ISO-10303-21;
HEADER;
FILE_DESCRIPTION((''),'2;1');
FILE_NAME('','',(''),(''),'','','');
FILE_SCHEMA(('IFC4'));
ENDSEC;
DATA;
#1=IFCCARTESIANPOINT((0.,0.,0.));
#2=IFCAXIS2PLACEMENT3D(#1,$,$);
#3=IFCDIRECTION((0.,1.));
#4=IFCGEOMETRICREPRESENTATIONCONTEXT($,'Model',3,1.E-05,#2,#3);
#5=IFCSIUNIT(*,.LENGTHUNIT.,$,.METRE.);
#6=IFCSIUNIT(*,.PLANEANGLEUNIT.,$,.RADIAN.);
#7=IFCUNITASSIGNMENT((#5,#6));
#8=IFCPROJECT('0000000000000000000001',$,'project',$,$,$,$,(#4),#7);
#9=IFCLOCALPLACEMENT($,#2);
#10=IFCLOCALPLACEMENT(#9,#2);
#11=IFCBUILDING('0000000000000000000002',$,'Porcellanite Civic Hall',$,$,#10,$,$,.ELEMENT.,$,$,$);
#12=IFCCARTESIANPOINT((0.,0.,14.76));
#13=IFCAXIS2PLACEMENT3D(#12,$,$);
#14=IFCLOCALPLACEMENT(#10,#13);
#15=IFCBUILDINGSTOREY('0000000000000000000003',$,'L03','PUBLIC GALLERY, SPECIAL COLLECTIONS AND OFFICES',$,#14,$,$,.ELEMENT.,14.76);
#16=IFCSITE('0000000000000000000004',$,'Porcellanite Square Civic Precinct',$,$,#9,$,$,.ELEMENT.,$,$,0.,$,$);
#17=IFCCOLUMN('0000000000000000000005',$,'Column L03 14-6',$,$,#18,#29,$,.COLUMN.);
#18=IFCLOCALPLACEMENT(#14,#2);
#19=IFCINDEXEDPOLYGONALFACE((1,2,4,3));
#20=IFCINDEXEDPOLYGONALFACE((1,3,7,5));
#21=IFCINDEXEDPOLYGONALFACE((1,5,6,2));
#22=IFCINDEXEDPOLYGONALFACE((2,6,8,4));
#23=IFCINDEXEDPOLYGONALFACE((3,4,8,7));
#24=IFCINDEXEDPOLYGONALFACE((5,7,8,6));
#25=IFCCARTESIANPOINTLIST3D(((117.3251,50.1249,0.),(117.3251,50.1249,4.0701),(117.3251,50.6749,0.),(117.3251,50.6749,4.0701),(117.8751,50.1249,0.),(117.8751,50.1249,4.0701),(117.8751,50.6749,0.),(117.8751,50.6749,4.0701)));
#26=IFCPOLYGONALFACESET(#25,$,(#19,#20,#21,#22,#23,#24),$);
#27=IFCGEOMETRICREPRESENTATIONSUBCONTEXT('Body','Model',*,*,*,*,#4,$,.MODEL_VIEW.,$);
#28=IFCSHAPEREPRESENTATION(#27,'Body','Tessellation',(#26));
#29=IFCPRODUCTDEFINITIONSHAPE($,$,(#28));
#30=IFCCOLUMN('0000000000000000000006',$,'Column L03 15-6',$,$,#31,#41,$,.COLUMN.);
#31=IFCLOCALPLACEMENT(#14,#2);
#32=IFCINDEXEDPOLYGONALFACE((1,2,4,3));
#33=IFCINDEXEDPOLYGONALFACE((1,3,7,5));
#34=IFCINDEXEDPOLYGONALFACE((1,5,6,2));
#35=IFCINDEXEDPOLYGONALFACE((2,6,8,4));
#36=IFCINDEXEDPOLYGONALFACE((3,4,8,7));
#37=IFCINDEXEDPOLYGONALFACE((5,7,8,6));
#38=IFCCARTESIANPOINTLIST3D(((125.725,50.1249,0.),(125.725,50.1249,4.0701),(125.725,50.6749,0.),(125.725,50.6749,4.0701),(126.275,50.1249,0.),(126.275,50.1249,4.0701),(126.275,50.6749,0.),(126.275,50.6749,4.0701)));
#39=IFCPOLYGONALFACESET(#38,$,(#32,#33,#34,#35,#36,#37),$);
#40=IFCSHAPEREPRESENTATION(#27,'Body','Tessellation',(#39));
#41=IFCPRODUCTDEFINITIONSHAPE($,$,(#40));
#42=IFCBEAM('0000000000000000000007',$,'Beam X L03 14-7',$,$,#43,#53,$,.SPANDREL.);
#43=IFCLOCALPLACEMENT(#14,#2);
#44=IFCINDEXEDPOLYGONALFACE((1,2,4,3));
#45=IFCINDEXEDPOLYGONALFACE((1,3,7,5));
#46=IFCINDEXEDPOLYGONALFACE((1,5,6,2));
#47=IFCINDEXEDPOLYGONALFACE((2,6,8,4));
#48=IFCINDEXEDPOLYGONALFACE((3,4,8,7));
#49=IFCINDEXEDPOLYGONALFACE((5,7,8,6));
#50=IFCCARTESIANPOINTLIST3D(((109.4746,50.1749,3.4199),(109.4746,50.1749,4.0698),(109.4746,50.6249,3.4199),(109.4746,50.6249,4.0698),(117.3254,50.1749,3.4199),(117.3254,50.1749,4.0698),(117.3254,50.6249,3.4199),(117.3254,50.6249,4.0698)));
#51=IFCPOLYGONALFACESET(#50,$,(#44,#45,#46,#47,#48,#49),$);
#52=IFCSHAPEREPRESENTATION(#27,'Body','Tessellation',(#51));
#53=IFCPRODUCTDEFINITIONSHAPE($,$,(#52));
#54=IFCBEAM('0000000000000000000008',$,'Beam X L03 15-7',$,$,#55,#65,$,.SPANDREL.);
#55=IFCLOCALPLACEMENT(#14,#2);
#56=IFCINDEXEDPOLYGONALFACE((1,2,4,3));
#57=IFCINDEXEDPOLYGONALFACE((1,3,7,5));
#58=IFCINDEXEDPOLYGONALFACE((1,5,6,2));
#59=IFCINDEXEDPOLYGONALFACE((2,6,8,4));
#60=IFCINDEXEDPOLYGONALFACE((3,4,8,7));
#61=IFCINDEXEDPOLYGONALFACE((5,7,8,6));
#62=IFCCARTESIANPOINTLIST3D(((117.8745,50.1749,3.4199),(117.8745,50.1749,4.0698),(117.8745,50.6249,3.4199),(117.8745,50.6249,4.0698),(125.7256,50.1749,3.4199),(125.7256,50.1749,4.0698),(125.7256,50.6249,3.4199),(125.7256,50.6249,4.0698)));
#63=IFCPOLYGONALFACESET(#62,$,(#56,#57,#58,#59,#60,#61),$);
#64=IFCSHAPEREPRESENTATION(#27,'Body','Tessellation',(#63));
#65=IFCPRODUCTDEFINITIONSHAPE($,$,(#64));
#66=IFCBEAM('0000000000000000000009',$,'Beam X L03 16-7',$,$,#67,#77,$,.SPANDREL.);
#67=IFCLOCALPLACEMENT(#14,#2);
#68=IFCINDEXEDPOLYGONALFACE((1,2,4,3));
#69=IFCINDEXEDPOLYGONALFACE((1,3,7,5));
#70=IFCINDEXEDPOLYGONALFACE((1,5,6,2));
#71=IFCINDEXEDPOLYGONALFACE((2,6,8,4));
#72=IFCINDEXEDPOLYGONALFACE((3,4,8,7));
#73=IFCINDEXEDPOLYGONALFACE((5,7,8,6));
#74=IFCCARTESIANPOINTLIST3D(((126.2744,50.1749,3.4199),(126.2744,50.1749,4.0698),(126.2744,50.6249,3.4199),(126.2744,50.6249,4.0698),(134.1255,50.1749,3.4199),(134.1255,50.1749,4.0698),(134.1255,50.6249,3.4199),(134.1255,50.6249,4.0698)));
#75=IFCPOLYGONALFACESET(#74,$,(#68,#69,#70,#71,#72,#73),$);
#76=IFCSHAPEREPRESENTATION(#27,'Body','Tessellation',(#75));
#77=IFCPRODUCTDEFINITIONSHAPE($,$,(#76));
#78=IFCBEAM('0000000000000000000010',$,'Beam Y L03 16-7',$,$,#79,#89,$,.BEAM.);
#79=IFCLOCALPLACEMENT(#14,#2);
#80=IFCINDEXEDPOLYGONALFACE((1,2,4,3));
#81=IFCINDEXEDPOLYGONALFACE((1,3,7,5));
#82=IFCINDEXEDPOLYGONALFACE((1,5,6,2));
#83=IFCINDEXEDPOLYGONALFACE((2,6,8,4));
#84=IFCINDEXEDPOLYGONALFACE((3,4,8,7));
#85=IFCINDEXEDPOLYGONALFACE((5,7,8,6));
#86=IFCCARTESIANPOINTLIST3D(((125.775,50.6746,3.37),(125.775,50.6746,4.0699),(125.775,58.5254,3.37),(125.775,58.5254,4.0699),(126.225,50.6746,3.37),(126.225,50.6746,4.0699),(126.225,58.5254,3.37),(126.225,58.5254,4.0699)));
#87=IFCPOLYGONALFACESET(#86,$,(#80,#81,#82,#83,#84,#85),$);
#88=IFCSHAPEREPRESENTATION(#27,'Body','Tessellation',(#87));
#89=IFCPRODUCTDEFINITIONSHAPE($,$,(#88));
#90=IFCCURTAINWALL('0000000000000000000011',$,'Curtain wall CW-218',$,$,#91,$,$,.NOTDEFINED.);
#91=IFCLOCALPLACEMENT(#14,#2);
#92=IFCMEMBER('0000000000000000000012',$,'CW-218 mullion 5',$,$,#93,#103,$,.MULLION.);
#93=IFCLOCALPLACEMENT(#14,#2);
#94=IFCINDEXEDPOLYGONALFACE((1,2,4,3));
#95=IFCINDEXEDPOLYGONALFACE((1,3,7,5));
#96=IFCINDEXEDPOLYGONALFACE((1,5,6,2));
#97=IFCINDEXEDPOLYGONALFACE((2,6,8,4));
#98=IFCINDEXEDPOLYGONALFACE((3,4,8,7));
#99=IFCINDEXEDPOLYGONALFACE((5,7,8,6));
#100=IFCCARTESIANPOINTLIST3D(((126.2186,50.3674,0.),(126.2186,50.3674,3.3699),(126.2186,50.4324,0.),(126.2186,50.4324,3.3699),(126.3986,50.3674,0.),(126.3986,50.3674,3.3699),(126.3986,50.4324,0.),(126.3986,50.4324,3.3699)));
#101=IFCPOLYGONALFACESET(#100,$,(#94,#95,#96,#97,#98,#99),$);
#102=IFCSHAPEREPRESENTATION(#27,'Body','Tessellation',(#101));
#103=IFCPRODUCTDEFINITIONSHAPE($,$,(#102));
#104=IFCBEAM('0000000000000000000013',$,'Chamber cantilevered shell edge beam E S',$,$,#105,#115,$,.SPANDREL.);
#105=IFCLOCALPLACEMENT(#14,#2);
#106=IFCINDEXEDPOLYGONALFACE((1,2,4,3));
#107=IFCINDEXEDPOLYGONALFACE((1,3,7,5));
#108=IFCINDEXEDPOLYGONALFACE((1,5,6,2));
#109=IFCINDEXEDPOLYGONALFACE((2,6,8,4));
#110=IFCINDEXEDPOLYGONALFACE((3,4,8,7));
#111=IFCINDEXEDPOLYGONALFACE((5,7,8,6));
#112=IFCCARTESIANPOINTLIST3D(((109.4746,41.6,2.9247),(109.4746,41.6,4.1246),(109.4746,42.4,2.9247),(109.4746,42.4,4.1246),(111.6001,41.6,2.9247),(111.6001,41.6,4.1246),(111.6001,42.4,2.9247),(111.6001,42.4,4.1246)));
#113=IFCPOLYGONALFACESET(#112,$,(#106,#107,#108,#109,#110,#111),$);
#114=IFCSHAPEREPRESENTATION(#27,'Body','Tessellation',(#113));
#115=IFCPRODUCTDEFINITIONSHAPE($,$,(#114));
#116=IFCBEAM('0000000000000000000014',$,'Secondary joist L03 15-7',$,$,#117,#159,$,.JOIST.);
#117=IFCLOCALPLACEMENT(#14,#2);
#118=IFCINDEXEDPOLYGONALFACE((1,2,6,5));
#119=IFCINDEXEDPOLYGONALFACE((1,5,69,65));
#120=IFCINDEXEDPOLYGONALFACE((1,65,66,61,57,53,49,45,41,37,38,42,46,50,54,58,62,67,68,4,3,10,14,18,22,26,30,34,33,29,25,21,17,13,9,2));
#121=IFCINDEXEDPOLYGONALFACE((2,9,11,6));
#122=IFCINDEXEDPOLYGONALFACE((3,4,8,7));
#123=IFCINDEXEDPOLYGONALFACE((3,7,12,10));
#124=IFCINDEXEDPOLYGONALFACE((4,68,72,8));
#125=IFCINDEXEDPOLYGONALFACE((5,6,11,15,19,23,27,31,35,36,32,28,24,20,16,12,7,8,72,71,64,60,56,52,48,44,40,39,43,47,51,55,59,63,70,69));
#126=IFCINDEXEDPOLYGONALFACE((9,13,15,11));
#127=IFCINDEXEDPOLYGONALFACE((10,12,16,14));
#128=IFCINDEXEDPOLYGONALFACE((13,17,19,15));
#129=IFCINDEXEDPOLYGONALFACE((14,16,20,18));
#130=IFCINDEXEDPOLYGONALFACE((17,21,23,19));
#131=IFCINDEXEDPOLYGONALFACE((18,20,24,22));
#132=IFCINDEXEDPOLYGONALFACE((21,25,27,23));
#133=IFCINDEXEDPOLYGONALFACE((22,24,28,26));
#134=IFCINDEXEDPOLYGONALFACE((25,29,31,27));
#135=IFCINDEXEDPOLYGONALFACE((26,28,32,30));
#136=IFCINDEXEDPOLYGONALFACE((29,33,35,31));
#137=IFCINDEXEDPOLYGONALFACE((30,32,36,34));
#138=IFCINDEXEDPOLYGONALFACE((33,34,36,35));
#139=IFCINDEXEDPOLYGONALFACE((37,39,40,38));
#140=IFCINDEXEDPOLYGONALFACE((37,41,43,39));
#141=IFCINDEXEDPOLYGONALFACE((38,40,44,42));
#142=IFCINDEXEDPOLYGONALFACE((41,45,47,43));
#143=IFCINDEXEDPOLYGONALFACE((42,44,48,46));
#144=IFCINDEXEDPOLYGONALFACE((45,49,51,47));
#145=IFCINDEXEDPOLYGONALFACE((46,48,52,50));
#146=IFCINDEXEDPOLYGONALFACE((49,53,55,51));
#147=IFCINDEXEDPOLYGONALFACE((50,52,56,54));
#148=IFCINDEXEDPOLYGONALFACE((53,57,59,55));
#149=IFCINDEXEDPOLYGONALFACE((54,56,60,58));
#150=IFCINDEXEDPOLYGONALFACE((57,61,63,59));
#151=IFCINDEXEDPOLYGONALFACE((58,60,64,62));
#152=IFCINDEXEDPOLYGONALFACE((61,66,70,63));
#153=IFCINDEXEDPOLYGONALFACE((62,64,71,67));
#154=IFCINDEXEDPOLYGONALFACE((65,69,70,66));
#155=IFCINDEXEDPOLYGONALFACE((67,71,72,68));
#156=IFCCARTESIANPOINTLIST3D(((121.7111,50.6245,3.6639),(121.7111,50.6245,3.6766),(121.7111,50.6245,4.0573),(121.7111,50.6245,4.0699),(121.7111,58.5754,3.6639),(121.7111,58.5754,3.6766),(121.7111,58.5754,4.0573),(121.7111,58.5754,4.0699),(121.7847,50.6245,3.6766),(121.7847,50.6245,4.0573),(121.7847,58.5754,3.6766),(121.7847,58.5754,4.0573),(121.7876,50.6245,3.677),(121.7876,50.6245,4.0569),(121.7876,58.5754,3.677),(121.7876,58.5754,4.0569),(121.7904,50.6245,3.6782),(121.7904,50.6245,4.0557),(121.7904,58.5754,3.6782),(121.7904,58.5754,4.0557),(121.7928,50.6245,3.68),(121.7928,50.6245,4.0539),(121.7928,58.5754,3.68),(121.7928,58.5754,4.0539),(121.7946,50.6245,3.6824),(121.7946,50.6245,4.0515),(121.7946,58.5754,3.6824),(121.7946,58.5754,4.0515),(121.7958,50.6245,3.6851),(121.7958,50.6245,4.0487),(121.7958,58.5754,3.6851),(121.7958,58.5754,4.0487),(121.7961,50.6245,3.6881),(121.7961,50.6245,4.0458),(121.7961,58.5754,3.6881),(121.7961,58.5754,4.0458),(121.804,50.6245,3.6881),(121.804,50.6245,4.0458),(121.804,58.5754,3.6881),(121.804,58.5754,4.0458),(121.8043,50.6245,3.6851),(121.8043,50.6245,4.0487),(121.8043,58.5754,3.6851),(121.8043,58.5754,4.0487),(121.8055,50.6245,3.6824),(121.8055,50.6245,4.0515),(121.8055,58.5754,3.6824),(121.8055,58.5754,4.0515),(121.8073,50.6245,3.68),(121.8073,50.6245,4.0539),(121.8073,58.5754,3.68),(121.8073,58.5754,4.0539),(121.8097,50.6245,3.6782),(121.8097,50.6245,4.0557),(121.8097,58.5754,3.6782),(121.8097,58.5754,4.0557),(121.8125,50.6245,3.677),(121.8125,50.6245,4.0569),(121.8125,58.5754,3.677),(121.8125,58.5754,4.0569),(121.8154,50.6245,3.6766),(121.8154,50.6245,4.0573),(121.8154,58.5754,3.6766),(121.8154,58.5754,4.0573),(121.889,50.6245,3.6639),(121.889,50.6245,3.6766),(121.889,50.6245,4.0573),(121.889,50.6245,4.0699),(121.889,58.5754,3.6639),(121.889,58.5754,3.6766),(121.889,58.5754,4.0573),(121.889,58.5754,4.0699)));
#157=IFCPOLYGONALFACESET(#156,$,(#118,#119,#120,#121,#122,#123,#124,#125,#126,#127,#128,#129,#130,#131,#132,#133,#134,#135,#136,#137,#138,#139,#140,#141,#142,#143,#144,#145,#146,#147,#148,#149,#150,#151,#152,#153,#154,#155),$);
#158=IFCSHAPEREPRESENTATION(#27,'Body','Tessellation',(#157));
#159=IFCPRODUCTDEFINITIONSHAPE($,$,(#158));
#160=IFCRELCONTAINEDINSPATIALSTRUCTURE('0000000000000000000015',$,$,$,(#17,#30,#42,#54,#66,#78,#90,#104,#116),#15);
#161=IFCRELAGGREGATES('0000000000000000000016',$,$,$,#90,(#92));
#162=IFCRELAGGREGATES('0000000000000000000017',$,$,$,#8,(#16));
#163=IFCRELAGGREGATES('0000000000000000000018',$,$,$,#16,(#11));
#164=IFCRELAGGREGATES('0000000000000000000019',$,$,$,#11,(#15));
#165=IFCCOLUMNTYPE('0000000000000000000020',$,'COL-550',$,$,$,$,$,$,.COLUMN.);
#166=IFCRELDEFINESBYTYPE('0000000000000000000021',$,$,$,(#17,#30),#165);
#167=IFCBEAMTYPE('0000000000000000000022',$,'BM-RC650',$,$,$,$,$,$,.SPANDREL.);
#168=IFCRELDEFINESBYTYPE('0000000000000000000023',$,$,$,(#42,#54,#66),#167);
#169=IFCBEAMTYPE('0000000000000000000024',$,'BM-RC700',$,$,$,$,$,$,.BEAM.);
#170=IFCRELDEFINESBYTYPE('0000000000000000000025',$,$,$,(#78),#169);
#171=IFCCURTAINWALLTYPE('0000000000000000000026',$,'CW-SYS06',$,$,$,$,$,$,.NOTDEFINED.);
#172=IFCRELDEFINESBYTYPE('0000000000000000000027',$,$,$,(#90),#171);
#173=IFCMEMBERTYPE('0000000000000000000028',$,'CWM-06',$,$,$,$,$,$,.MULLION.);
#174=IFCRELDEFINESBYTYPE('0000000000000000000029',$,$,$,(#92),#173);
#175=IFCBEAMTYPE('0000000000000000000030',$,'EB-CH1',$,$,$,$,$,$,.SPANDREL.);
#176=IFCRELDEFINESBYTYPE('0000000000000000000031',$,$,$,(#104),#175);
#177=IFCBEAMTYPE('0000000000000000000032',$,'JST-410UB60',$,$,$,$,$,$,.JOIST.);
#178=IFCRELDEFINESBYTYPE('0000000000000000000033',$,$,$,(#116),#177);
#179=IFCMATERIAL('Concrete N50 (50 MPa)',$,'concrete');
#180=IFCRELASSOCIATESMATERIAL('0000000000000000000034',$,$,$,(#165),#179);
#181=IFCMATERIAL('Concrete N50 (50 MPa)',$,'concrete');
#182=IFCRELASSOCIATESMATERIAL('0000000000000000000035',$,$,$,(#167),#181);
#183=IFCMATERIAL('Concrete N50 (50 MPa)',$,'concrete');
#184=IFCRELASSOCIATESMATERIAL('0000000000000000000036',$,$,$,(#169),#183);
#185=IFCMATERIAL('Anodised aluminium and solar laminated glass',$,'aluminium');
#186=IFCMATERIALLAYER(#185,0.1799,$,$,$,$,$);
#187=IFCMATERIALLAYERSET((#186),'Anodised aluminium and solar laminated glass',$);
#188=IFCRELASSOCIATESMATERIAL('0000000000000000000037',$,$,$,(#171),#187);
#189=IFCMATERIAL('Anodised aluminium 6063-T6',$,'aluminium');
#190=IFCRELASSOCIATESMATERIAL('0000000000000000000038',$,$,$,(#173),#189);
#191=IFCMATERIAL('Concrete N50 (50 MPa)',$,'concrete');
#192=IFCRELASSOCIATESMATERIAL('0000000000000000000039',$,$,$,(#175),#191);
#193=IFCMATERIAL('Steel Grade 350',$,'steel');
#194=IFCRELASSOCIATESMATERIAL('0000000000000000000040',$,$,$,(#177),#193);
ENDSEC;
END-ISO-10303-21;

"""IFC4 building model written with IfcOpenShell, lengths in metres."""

from ifc_helpers import new_model, si_unit, direction, frame, origin, origin_2d, place, context, subcontext, project, spatial, rectangle, i_section, extrude, material, layer, layer_set, material_profile, profile_set, type_object, element, aggregate, save


model = new_model("IFC4")

# Units and contexts
model_context = context("Model", 3, precision=1e-05, world=origin(), true_north=direction((0.0, 1.0)))
body_context = subcontext(model_context, "Body", "Model", "MODEL_VIEW")
ifc_project = project(units=[si_unit("LENGTHUNIT", "METRE"), si_unit("PLANEANGLEUNIT", "RADIAN")], contexts=[model_context])

# Site, building, storey
site_placement = place(None, origin())
site = spatial("IfcSite", under=ifc_project, at=site_placement, Name="Porcellanite Square Civic Precinct", CompositionType="ELEMENT", RefElevation=0.0)
building_placement = place(site_placement, origin())
building = spatial("IfcBuilding", under=site, at=building_placement, Name="Porcellanite Civic Hall", CompositionType="ELEMENT")
storey_placement = place(building_placement, frame((0.0, 0.0, 14.76)))
storey = spatial("IfcBuildingStorey", under=building, at=storey_placement, Name="L03", Description="PUBLIC GALLERY, SPECIAL COLLECTIONS AND OFFICES", CompositionType="ELEMENT", Elevation=14.76)

# Columns
ifc_material_1 = material(Name="Concrete N50 (50 MPa)", Category="concrete")
ifc_material_profile_1 = material_profile(ifc_material_1, rectangle(XDim=0.55, YDim=0.55, at=origin_2d()), Name="RC-550x550")
ifc_profile_set_1 = profile_set([ifc_material_profile_1], Name="Concrete N50 (50 MPa)")
column_type = type_object("IfcColumnType", Name="COL-550", PredefinedType="COLUMN", material=ifc_profile_set_1)
for number, where, z_axis, x_axis, name in (
    (1, (117.6001, 50.3999, 0.0), (0.0, 0.0, 1.0), (1.0, 0.0, 0.0), "Column L03 14-6"),
    (2, (126.0, 50.3999, 0.0), (0.0, 0.0, 1.0), (1.0, 0.0, 0.0), "Column L03 15-6"),
):
    element("IfcColumn", number, at=place(storey_placement, frame(where, z_axis=z_axis, x_axis=x_axis)), inside=storey, type_object=column_type, Name=name, PredefinedType="COLUMN", context=body_context, shape_type="SweptSolid", body=[
        extrude(rectangle(XDim=0.55, YDim=0.55, at=origin_2d()), origin(), (0.0, 0.0, 1.0), 4.0701),
    ])

# Beams
ifc_material_2 = material(Name="Concrete N50 (50 MPa)", Category="concrete")
ifc_material_profile_2 = material_profile(ifc_material_2, rectangle(XDim=0.45, YDim=0.6499, at=origin_2d()), Name="RC-450x650")
ifc_profile_set_2 = profile_set([ifc_material_profile_2], Name="Concrete N50 (50 MPa)")
beam_type_1 = type_object("IfcBeamType", Name="BM-RC650", PredefinedType="SPANDREL", material=ifc_profile_set_2)
beam_1_placement = place(storey_placement, frame((109.4746, 50.3999, 3.7449), z_axis=(1.0, 0.0, 0.0), x_axis=(0.0, 1.0, 0.0)))
element("IfcBeam", 3, at=beam_1_placement, inside=storey, type_object=beam_type_1, Name="Beam X L03 14-7", PredefinedType="SPANDREL", context=body_context, shape_type="SweptSolid", body=[
    extrude(rectangle(XDim=0.45, YDim=0.6499, at=origin_2d()), origin(), (0.0, 0.0, 1.0), 7.8508),
])
for number, where, z_axis, x_axis, name in (
    (4, (117.8745, 50.3999, 3.7449), (1.0, 0.0, 0.0), (0.0, 1.0, 0.0), "Beam X L03 15-7"),
    (5, (126.2744, 50.3999, 3.7449), (1.0, 0.0, 0.0), (0.0, 1.0, 0.0), "Beam X L03 16-7"),
):
    element("IfcBeam", number, at=place(storey_placement, frame(where, z_axis=z_axis, x_axis=x_axis)), inside=storey, type_object=beam_type_1, Name=name, PredefinedType="SPANDREL", context=body_context, shape_type="SweptSolid", body=[
        extrude(rectangle(XDim=0.45, YDim=0.6499, at=origin_2d()), origin(), (0.0, 0.0, 1.0), 7.8511),
    ])
ifc_material_3 = material(Name="Concrete N50 (50 MPa)", Category="concrete")
ifc_material_profile_3 = material_profile(ifc_material_3, rectangle(XDim=0.45, YDim=0.7, at=origin_2d()), Name="RC-450x700")
ifc_profile_set_3 = profile_set([ifc_material_profile_3], Name="Concrete N50 (50 MPa)")
beam_type_2 = type_object("IfcBeamType", Name="BM-RC700", PredefinedType="BEAM", material=ifc_profile_set_3)
beam_2_placement = place(storey_placement, frame((126.0, 50.6746, 3.72), z_axis=(0.0, 1.0, 0.0), x_axis=(-1.0, 0.0, 0.0)))
element("IfcBeam", 6, at=beam_2_placement, inside=storey, type_object=beam_type_2, Name="Beam Y L03 16-7", PredefinedType="BEAM", context=body_context, shape_type="SweptSolid", body=[
    extrude(rectangle(XDim=0.45, YDim=0.7, at=origin_2d()), origin(), (0.0, 0.0, 1.0), 7.8508),
])

# Curtain wall, member
ifc_material_4 = material(Name="Anodised aluminium and solar laminated glass", Category="aluminium")
ifc_layer_1 = layer(ifc_material_4, 0.1799)
ifc_layer_set_1 = layer_set([ifc_layer_1], Name="Anodised aluminium and solar laminated glass")
curtain_wall_type = type_object("IfcCurtainWallType", Name="CW-SYS06", PredefinedType="NOTDEFINED", material=ifc_layer_set_1)
curtain_wall_placement = place(storey_placement, origin())
curtain_wall = element("IfcCurtainWall", 7, at=curtain_wall_placement, inside=storey, type_object=curtain_wall_type, Name="Curtain wall CW-218", PredefinedType="NOTDEFINED")
ifc_material_5 = material(Name="Anodised aluminium 6063-T6", Category="aluminium")
ifc_material_profile_4 = material_profile(ifc_material_5, rectangle(XDim=0.0649, YDim=0.1799, at=origin_2d()), Name="AL-65x180")
ifc_profile_set_4 = profile_set([ifc_material_profile_4], Name="Anodised aluminium 6063-T6")
member_type = type_object("IfcMemberType", Name="CWM-06", PredefinedType="MULLION", material=ifc_profile_set_4)
member_placement = place(storey_placement, frame((126.3086, 50.3999, 0.0), z_axis=(0.0, 0.0, 1.0), x_axis=(0.0, -1.0, 0.0)))
member = element("IfcMember", 8, at=member_placement, type_object=member_type, Name="CW-218 mullion 5", PredefinedType="MULLION", context=body_context, shape_type="SweptSolid", body=[
    extrude(rectangle(XDim=0.0649, YDim=0.1799, at=origin_2d()), origin(), (0.0, 0.0, 1.0), 3.3699),
])

# Beams
ifc_material_6 = material(Name="Concrete N50 (50 MPa)", Category="concrete")
ifc_material_profile_5 = material_profile(ifc_material_6, rectangle(XDim=0.8, YDim=1.2, at=origin_2d()), Name="RC-800x1200")
ifc_profile_set_5 = profile_set([ifc_material_profile_5], Name="Concrete N50 (50 MPa)")
beam_type_3 = type_object("IfcBeamType", Name="EB-CH1", PredefinedType="SPANDREL", material=ifc_profile_set_5)
beam_3_placement = place(storey_placement, frame((109.4746, 42.0, 3.5247), z_axis=(1.0, 0.0, 0.0), x_axis=(0.0, 1.0, 0.0)))
element("IfcBeam", 9, at=beam_3_placement, inside=storey, type_object=beam_type_3, Name="Chamber cantilevered shell edge beam E S", PredefinedType="SPANDREL", context=body_context, shape_type="SweptSolid", body=[
    extrude(rectangle(XDim=0.8, YDim=1.2, at=origin_2d()), origin(), (0.0, 0.0, 1.0), 2.1255),
])
ifc_material_7 = material(Name="Steel Grade 350", Category="steel")
ifc_material_profile_6 = material_profile(ifc_material_7, i_section(OverallWidth=0.178, OverallDepth=0.406, WebThickness=0.0078, FlangeThickness=0.0127, FilletRadius=0.0115, at=origin_2d()), Name="410UB59.7")
ifc_profile_set_6 = profile_set([ifc_material_profile_6], Name="Steel Grade 350")
beam_type_4 = type_object("IfcBeamType", Name="JST-410UB60", PredefinedType="JOIST", material=ifc_profile_set_6)
beam_4_placement = place(storey_placement, frame((121.8, 50.6245, 3.8669), z_axis=(0.0, 1.0, 0.0), x_axis=(-1.0, 0.0, 0.0)))
element("IfcBeam", 10, at=beam_4_placement, inside=storey, type_object=beam_type_4, Name="Secondary joist L03 15-7", PredefinedType="JOIST", context=body_context, shape_type="SweptSolid", body=[
    extrude(i_section(OverallWidth=0.178, OverallDepth=0.406, WebThickness=0.0078, FlangeThickness=0.0127, FilletRadius=0.0115, at=origin_2d()), origin(), (0.0, 0.0, 1.0), 7.9509),
])

aggregate(curtain_wall, [member])

save(model, "model.ifc")
